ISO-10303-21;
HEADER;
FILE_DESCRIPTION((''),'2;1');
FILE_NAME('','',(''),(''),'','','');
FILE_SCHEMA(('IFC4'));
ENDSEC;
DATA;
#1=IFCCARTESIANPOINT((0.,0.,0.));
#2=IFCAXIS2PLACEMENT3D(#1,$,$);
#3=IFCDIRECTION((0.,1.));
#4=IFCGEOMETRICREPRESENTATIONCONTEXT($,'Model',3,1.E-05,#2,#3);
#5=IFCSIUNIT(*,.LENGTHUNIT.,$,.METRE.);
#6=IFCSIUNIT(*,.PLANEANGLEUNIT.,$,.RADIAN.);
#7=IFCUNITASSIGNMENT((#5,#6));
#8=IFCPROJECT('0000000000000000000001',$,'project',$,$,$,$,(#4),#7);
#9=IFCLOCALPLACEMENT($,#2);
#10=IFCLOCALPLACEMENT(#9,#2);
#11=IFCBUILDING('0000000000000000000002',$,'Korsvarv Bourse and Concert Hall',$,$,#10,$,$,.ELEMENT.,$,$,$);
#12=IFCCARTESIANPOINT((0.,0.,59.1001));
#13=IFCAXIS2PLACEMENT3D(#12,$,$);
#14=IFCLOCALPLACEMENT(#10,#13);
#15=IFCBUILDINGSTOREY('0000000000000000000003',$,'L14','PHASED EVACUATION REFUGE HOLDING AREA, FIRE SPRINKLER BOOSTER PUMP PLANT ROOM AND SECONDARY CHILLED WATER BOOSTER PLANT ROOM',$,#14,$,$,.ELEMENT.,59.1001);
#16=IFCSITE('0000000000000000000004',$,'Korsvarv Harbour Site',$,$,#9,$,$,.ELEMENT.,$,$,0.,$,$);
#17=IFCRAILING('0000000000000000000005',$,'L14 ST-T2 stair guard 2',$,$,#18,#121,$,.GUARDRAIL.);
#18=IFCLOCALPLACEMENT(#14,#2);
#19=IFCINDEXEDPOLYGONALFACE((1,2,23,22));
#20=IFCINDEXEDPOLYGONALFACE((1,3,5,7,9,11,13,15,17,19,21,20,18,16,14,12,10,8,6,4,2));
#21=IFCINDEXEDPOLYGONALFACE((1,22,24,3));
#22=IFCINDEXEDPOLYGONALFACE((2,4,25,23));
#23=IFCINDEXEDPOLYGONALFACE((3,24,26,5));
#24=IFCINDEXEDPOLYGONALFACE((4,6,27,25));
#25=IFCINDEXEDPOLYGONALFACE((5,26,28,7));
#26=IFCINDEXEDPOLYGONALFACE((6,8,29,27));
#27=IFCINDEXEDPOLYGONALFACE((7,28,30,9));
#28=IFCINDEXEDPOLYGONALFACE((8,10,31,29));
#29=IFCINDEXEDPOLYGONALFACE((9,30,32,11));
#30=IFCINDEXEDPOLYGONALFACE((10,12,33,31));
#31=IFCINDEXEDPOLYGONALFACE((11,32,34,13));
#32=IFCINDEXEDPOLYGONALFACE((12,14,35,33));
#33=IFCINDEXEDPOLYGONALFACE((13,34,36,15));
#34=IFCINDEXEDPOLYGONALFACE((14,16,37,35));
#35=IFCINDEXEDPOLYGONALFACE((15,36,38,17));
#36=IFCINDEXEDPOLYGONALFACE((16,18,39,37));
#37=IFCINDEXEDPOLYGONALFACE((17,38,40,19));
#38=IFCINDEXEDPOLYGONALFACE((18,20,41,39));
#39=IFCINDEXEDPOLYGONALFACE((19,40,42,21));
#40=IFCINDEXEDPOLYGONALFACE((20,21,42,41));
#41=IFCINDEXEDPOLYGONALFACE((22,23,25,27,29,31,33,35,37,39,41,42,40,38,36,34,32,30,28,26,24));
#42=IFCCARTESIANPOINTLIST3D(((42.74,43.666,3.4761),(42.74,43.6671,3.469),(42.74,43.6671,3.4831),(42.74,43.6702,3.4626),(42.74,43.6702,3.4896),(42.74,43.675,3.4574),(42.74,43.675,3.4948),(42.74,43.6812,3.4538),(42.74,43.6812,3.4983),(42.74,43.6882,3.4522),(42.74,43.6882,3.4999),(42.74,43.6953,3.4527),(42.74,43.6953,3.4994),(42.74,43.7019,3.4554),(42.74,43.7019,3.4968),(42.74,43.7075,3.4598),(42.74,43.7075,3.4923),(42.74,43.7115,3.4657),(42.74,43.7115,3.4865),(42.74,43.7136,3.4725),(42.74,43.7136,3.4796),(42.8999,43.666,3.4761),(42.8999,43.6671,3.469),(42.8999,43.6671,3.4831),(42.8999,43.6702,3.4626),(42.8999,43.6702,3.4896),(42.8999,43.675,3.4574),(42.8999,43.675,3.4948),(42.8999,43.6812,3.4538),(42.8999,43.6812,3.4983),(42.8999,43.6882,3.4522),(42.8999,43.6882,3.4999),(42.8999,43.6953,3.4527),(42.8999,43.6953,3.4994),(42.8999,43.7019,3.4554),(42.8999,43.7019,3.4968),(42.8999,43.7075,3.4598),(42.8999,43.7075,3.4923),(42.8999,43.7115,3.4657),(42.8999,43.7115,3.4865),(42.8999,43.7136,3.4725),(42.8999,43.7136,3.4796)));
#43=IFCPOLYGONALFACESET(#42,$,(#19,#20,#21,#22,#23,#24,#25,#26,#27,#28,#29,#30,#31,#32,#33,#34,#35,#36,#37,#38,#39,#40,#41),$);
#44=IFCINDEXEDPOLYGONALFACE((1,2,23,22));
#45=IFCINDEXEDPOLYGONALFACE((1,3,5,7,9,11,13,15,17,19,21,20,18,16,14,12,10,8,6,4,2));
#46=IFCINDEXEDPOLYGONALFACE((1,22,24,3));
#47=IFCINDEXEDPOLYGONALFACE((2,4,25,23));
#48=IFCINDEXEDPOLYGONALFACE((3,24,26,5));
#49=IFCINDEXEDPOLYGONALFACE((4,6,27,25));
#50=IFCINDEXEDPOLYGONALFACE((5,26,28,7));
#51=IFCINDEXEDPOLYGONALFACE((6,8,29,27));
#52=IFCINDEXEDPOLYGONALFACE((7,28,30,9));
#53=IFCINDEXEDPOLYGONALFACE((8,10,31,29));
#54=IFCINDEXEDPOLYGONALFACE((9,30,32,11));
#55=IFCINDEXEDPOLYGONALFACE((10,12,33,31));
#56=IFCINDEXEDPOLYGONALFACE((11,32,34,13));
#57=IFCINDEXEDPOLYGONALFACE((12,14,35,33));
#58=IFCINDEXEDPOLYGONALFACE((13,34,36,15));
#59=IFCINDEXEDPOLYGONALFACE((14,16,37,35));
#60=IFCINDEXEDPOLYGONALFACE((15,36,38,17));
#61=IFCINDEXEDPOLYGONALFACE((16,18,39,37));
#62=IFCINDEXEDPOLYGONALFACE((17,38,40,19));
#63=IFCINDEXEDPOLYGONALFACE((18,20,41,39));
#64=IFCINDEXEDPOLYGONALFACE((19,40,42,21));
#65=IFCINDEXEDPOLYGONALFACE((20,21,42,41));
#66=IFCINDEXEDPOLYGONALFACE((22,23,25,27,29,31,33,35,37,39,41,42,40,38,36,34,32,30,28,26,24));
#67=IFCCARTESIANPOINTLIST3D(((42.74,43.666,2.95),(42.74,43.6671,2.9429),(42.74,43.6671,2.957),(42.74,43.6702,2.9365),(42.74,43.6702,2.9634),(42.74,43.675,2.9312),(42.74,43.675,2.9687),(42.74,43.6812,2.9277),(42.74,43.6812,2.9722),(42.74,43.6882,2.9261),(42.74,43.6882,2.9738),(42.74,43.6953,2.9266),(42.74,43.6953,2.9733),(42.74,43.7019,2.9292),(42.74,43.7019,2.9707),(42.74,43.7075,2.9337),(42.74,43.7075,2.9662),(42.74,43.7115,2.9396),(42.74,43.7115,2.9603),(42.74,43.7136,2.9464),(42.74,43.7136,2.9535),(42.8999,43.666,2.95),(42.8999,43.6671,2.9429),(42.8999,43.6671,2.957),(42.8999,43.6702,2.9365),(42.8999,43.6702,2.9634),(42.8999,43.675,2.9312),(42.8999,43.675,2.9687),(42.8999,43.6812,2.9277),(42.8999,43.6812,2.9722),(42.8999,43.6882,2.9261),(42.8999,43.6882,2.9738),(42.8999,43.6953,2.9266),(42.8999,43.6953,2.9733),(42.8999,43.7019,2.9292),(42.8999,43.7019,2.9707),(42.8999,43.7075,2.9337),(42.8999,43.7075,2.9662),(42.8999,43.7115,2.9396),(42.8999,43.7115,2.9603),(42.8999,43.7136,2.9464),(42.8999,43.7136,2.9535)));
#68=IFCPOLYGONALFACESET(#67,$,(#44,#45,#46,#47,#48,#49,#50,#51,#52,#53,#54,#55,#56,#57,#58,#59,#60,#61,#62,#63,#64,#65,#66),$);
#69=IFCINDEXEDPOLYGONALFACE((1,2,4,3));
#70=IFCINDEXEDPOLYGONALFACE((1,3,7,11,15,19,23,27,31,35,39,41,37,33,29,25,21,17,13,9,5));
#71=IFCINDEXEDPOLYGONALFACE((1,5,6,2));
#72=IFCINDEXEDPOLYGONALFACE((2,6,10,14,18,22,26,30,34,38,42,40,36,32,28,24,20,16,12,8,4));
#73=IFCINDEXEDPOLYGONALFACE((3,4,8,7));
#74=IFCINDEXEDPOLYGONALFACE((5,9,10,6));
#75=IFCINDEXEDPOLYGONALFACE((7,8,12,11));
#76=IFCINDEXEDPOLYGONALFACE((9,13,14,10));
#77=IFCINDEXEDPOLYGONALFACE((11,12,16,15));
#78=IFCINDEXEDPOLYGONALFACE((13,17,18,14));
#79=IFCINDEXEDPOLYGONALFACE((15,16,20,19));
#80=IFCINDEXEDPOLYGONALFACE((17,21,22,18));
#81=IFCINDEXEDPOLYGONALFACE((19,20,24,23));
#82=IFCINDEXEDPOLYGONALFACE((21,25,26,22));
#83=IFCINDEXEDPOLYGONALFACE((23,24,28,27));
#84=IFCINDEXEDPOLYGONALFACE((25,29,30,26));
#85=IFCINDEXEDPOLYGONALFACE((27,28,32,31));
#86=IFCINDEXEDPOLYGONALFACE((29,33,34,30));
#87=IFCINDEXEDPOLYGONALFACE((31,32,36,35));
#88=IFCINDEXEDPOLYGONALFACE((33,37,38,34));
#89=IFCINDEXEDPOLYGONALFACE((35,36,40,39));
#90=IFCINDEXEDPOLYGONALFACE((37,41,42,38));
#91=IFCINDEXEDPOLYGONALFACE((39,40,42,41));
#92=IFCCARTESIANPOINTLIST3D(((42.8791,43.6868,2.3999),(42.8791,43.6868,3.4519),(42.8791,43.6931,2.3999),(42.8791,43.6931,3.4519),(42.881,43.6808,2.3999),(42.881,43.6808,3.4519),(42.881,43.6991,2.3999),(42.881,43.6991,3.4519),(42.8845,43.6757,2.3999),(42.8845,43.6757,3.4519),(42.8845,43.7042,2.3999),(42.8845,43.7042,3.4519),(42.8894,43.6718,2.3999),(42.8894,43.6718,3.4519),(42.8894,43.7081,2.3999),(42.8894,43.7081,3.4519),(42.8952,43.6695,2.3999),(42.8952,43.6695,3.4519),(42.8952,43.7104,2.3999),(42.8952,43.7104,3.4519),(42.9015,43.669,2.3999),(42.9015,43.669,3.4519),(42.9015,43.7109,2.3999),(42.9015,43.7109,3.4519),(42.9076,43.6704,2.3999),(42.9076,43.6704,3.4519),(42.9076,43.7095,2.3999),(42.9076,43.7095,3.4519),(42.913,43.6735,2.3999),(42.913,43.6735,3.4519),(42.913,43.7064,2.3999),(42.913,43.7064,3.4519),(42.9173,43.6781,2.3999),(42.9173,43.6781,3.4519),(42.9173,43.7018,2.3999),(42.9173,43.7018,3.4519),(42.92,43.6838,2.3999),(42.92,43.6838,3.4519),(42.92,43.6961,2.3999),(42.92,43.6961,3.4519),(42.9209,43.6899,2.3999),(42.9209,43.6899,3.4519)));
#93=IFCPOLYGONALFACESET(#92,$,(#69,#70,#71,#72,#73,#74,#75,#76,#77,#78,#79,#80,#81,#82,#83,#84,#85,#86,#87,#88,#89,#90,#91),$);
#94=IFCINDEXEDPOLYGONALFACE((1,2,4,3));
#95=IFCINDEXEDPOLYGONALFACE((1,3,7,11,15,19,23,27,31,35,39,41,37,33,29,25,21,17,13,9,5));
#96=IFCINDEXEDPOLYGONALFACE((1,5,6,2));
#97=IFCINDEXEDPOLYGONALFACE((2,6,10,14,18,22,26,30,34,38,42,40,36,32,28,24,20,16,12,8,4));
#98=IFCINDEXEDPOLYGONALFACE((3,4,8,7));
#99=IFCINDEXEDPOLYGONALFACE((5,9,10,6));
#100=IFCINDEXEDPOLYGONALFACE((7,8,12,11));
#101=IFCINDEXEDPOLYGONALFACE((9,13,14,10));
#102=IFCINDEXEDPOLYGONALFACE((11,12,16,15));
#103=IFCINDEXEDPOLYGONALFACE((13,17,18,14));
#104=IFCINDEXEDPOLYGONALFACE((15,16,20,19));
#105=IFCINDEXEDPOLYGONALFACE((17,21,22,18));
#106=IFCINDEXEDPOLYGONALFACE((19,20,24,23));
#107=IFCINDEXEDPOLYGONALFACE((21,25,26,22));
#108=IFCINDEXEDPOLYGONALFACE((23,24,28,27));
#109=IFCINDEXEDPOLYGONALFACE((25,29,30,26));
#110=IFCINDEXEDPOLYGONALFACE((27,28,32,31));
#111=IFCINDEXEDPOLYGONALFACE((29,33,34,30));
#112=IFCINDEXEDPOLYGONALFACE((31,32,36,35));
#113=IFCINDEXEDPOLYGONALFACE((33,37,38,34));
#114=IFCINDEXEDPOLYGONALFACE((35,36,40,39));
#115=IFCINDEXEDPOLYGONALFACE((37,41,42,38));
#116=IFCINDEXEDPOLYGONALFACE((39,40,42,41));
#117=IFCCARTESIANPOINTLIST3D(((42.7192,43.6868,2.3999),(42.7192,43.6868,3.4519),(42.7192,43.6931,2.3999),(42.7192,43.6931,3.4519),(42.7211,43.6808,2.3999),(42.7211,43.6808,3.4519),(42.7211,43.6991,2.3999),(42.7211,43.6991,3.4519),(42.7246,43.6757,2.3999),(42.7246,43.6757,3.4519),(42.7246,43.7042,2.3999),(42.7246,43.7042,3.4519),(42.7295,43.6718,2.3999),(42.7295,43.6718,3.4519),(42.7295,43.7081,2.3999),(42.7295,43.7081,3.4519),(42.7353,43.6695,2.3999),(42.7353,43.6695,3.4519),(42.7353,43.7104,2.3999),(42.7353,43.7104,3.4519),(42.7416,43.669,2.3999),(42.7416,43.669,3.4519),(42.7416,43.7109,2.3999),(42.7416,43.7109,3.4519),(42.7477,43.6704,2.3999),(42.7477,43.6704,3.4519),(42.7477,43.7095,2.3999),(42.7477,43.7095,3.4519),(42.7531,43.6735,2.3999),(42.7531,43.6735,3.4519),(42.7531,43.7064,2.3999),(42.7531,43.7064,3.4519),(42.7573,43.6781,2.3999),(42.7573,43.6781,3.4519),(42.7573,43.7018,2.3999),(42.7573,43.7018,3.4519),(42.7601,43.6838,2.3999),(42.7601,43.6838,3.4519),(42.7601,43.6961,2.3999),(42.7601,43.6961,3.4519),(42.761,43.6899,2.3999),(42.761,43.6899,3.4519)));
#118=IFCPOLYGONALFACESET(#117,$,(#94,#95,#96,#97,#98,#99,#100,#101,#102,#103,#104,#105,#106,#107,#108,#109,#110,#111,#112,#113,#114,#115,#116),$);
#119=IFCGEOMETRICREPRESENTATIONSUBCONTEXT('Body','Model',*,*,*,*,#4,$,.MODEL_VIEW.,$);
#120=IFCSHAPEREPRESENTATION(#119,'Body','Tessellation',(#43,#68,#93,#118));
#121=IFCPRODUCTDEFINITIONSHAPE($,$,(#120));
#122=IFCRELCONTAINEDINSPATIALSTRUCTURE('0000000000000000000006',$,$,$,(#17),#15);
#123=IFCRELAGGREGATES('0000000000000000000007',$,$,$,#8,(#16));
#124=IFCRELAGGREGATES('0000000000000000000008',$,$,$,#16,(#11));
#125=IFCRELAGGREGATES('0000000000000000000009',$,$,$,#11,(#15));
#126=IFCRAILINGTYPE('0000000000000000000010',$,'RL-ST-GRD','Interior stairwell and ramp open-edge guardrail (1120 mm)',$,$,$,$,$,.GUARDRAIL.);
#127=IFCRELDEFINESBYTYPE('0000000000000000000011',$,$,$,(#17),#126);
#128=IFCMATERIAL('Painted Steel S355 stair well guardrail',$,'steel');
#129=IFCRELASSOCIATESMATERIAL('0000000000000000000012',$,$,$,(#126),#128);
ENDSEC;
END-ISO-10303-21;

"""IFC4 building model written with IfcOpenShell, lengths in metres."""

from ifc_helpers import new_model, si_unit, direction, frame, origin, origin_2d, place, context, subcontext, project, spatial, circle, extrude, material, type_object, element, save


model = new_model("IFC4")

# Units and contexts
model_context = context("Model", 3, precision=1e-05, world=origin(), true_north=direction((0.0, 1.0)))
body_context = subcontext(model_context, "Body", "Model", "MODEL_VIEW")
ifc_project = project(units=[si_unit("LENGTHUNIT", "METRE"), si_unit("PLANEANGLEUNIT", "RADIAN")], contexts=[model_context])

# Site, building, storey
site_placement = place(None, origin())
site = spatial("IfcSite", under=ifc_project, at=site_placement, Name="Korsvarv Harbour Site", CompositionType="ELEMENT", RefElevation=0.0)
building_placement = place(site_placement, origin())
building = spatial("IfcBuilding", under=site, at=building_placement, Name="Korsvarv Bourse and Concert Hall", CompositionType="ELEMENT")
storey_placement = place(building_placement, frame((0.0, 0.0, 59.1001)))
storey = spatial("IfcBuildingStorey", under=building, at=storey_placement, Name="L14", Description="PHASED EVACUATION REFUGE HOLDING AREA, FIRE SPRINKLER BOOSTER PUMP PLANT ROOM AND SECONDARY CHILLED WATER BOOSTER PLANT ROOM", CompositionType="ELEMENT", Elevation=59.1001)

# Railing
ifc_material_1 = material(Name="Painted Steel S355 stair well guardrail", Category="steel")
railing_type_1 = type_object("IfcRailingType", Name="RL-ST-GRD", Description="Interior stairwell and ramp open-edge guardrail (1120 mm)", PredefinedType="GUARDRAIL", material=ifc_material_1)
railing_1_placement = place(storey_placement, frame((42.8999, 43.6899, 2.3999)))
element("IfcRailing", 1, at=railing_1_placement, inside=storey, type_object=railing_type_1, Name="L14 ST-T2 stair guard 2", PredefinedType="GUARDRAIL", context=body_context, shape_type="SweptSolid", body=[
    extrude(circle(Radius=0.0239, at=origin_2d()), frame((0.0, 0.0, 1.0762), z_axis=(-1.0, 0.0, 0.0), x_axis=(0.0, -1.0, 0.0)), (0.0, 0.0, 1.0), 0.1599),
    extrude(circle(Radius=0.0239, at=origin_2d()), frame((0.0, 0.0, 0.55), z_axis=(-1.0, 0.0, 0.0), x_axis=(0.0, -1.0, 0.0)), (0.0, 0.0, 1.0), 0.1599),
    extrude(circle(Radius=0.021, at=origin_2d()), origin(), (0.0, 0.0, 1.0), 1.052),
    extrude(circle(Radius=0.021, at=origin_2d()), frame((-0.1599, 0.0, 0.0)), (0.0, 0.0, 1.0), 1.052),
])

save(model, "model.ifc")
